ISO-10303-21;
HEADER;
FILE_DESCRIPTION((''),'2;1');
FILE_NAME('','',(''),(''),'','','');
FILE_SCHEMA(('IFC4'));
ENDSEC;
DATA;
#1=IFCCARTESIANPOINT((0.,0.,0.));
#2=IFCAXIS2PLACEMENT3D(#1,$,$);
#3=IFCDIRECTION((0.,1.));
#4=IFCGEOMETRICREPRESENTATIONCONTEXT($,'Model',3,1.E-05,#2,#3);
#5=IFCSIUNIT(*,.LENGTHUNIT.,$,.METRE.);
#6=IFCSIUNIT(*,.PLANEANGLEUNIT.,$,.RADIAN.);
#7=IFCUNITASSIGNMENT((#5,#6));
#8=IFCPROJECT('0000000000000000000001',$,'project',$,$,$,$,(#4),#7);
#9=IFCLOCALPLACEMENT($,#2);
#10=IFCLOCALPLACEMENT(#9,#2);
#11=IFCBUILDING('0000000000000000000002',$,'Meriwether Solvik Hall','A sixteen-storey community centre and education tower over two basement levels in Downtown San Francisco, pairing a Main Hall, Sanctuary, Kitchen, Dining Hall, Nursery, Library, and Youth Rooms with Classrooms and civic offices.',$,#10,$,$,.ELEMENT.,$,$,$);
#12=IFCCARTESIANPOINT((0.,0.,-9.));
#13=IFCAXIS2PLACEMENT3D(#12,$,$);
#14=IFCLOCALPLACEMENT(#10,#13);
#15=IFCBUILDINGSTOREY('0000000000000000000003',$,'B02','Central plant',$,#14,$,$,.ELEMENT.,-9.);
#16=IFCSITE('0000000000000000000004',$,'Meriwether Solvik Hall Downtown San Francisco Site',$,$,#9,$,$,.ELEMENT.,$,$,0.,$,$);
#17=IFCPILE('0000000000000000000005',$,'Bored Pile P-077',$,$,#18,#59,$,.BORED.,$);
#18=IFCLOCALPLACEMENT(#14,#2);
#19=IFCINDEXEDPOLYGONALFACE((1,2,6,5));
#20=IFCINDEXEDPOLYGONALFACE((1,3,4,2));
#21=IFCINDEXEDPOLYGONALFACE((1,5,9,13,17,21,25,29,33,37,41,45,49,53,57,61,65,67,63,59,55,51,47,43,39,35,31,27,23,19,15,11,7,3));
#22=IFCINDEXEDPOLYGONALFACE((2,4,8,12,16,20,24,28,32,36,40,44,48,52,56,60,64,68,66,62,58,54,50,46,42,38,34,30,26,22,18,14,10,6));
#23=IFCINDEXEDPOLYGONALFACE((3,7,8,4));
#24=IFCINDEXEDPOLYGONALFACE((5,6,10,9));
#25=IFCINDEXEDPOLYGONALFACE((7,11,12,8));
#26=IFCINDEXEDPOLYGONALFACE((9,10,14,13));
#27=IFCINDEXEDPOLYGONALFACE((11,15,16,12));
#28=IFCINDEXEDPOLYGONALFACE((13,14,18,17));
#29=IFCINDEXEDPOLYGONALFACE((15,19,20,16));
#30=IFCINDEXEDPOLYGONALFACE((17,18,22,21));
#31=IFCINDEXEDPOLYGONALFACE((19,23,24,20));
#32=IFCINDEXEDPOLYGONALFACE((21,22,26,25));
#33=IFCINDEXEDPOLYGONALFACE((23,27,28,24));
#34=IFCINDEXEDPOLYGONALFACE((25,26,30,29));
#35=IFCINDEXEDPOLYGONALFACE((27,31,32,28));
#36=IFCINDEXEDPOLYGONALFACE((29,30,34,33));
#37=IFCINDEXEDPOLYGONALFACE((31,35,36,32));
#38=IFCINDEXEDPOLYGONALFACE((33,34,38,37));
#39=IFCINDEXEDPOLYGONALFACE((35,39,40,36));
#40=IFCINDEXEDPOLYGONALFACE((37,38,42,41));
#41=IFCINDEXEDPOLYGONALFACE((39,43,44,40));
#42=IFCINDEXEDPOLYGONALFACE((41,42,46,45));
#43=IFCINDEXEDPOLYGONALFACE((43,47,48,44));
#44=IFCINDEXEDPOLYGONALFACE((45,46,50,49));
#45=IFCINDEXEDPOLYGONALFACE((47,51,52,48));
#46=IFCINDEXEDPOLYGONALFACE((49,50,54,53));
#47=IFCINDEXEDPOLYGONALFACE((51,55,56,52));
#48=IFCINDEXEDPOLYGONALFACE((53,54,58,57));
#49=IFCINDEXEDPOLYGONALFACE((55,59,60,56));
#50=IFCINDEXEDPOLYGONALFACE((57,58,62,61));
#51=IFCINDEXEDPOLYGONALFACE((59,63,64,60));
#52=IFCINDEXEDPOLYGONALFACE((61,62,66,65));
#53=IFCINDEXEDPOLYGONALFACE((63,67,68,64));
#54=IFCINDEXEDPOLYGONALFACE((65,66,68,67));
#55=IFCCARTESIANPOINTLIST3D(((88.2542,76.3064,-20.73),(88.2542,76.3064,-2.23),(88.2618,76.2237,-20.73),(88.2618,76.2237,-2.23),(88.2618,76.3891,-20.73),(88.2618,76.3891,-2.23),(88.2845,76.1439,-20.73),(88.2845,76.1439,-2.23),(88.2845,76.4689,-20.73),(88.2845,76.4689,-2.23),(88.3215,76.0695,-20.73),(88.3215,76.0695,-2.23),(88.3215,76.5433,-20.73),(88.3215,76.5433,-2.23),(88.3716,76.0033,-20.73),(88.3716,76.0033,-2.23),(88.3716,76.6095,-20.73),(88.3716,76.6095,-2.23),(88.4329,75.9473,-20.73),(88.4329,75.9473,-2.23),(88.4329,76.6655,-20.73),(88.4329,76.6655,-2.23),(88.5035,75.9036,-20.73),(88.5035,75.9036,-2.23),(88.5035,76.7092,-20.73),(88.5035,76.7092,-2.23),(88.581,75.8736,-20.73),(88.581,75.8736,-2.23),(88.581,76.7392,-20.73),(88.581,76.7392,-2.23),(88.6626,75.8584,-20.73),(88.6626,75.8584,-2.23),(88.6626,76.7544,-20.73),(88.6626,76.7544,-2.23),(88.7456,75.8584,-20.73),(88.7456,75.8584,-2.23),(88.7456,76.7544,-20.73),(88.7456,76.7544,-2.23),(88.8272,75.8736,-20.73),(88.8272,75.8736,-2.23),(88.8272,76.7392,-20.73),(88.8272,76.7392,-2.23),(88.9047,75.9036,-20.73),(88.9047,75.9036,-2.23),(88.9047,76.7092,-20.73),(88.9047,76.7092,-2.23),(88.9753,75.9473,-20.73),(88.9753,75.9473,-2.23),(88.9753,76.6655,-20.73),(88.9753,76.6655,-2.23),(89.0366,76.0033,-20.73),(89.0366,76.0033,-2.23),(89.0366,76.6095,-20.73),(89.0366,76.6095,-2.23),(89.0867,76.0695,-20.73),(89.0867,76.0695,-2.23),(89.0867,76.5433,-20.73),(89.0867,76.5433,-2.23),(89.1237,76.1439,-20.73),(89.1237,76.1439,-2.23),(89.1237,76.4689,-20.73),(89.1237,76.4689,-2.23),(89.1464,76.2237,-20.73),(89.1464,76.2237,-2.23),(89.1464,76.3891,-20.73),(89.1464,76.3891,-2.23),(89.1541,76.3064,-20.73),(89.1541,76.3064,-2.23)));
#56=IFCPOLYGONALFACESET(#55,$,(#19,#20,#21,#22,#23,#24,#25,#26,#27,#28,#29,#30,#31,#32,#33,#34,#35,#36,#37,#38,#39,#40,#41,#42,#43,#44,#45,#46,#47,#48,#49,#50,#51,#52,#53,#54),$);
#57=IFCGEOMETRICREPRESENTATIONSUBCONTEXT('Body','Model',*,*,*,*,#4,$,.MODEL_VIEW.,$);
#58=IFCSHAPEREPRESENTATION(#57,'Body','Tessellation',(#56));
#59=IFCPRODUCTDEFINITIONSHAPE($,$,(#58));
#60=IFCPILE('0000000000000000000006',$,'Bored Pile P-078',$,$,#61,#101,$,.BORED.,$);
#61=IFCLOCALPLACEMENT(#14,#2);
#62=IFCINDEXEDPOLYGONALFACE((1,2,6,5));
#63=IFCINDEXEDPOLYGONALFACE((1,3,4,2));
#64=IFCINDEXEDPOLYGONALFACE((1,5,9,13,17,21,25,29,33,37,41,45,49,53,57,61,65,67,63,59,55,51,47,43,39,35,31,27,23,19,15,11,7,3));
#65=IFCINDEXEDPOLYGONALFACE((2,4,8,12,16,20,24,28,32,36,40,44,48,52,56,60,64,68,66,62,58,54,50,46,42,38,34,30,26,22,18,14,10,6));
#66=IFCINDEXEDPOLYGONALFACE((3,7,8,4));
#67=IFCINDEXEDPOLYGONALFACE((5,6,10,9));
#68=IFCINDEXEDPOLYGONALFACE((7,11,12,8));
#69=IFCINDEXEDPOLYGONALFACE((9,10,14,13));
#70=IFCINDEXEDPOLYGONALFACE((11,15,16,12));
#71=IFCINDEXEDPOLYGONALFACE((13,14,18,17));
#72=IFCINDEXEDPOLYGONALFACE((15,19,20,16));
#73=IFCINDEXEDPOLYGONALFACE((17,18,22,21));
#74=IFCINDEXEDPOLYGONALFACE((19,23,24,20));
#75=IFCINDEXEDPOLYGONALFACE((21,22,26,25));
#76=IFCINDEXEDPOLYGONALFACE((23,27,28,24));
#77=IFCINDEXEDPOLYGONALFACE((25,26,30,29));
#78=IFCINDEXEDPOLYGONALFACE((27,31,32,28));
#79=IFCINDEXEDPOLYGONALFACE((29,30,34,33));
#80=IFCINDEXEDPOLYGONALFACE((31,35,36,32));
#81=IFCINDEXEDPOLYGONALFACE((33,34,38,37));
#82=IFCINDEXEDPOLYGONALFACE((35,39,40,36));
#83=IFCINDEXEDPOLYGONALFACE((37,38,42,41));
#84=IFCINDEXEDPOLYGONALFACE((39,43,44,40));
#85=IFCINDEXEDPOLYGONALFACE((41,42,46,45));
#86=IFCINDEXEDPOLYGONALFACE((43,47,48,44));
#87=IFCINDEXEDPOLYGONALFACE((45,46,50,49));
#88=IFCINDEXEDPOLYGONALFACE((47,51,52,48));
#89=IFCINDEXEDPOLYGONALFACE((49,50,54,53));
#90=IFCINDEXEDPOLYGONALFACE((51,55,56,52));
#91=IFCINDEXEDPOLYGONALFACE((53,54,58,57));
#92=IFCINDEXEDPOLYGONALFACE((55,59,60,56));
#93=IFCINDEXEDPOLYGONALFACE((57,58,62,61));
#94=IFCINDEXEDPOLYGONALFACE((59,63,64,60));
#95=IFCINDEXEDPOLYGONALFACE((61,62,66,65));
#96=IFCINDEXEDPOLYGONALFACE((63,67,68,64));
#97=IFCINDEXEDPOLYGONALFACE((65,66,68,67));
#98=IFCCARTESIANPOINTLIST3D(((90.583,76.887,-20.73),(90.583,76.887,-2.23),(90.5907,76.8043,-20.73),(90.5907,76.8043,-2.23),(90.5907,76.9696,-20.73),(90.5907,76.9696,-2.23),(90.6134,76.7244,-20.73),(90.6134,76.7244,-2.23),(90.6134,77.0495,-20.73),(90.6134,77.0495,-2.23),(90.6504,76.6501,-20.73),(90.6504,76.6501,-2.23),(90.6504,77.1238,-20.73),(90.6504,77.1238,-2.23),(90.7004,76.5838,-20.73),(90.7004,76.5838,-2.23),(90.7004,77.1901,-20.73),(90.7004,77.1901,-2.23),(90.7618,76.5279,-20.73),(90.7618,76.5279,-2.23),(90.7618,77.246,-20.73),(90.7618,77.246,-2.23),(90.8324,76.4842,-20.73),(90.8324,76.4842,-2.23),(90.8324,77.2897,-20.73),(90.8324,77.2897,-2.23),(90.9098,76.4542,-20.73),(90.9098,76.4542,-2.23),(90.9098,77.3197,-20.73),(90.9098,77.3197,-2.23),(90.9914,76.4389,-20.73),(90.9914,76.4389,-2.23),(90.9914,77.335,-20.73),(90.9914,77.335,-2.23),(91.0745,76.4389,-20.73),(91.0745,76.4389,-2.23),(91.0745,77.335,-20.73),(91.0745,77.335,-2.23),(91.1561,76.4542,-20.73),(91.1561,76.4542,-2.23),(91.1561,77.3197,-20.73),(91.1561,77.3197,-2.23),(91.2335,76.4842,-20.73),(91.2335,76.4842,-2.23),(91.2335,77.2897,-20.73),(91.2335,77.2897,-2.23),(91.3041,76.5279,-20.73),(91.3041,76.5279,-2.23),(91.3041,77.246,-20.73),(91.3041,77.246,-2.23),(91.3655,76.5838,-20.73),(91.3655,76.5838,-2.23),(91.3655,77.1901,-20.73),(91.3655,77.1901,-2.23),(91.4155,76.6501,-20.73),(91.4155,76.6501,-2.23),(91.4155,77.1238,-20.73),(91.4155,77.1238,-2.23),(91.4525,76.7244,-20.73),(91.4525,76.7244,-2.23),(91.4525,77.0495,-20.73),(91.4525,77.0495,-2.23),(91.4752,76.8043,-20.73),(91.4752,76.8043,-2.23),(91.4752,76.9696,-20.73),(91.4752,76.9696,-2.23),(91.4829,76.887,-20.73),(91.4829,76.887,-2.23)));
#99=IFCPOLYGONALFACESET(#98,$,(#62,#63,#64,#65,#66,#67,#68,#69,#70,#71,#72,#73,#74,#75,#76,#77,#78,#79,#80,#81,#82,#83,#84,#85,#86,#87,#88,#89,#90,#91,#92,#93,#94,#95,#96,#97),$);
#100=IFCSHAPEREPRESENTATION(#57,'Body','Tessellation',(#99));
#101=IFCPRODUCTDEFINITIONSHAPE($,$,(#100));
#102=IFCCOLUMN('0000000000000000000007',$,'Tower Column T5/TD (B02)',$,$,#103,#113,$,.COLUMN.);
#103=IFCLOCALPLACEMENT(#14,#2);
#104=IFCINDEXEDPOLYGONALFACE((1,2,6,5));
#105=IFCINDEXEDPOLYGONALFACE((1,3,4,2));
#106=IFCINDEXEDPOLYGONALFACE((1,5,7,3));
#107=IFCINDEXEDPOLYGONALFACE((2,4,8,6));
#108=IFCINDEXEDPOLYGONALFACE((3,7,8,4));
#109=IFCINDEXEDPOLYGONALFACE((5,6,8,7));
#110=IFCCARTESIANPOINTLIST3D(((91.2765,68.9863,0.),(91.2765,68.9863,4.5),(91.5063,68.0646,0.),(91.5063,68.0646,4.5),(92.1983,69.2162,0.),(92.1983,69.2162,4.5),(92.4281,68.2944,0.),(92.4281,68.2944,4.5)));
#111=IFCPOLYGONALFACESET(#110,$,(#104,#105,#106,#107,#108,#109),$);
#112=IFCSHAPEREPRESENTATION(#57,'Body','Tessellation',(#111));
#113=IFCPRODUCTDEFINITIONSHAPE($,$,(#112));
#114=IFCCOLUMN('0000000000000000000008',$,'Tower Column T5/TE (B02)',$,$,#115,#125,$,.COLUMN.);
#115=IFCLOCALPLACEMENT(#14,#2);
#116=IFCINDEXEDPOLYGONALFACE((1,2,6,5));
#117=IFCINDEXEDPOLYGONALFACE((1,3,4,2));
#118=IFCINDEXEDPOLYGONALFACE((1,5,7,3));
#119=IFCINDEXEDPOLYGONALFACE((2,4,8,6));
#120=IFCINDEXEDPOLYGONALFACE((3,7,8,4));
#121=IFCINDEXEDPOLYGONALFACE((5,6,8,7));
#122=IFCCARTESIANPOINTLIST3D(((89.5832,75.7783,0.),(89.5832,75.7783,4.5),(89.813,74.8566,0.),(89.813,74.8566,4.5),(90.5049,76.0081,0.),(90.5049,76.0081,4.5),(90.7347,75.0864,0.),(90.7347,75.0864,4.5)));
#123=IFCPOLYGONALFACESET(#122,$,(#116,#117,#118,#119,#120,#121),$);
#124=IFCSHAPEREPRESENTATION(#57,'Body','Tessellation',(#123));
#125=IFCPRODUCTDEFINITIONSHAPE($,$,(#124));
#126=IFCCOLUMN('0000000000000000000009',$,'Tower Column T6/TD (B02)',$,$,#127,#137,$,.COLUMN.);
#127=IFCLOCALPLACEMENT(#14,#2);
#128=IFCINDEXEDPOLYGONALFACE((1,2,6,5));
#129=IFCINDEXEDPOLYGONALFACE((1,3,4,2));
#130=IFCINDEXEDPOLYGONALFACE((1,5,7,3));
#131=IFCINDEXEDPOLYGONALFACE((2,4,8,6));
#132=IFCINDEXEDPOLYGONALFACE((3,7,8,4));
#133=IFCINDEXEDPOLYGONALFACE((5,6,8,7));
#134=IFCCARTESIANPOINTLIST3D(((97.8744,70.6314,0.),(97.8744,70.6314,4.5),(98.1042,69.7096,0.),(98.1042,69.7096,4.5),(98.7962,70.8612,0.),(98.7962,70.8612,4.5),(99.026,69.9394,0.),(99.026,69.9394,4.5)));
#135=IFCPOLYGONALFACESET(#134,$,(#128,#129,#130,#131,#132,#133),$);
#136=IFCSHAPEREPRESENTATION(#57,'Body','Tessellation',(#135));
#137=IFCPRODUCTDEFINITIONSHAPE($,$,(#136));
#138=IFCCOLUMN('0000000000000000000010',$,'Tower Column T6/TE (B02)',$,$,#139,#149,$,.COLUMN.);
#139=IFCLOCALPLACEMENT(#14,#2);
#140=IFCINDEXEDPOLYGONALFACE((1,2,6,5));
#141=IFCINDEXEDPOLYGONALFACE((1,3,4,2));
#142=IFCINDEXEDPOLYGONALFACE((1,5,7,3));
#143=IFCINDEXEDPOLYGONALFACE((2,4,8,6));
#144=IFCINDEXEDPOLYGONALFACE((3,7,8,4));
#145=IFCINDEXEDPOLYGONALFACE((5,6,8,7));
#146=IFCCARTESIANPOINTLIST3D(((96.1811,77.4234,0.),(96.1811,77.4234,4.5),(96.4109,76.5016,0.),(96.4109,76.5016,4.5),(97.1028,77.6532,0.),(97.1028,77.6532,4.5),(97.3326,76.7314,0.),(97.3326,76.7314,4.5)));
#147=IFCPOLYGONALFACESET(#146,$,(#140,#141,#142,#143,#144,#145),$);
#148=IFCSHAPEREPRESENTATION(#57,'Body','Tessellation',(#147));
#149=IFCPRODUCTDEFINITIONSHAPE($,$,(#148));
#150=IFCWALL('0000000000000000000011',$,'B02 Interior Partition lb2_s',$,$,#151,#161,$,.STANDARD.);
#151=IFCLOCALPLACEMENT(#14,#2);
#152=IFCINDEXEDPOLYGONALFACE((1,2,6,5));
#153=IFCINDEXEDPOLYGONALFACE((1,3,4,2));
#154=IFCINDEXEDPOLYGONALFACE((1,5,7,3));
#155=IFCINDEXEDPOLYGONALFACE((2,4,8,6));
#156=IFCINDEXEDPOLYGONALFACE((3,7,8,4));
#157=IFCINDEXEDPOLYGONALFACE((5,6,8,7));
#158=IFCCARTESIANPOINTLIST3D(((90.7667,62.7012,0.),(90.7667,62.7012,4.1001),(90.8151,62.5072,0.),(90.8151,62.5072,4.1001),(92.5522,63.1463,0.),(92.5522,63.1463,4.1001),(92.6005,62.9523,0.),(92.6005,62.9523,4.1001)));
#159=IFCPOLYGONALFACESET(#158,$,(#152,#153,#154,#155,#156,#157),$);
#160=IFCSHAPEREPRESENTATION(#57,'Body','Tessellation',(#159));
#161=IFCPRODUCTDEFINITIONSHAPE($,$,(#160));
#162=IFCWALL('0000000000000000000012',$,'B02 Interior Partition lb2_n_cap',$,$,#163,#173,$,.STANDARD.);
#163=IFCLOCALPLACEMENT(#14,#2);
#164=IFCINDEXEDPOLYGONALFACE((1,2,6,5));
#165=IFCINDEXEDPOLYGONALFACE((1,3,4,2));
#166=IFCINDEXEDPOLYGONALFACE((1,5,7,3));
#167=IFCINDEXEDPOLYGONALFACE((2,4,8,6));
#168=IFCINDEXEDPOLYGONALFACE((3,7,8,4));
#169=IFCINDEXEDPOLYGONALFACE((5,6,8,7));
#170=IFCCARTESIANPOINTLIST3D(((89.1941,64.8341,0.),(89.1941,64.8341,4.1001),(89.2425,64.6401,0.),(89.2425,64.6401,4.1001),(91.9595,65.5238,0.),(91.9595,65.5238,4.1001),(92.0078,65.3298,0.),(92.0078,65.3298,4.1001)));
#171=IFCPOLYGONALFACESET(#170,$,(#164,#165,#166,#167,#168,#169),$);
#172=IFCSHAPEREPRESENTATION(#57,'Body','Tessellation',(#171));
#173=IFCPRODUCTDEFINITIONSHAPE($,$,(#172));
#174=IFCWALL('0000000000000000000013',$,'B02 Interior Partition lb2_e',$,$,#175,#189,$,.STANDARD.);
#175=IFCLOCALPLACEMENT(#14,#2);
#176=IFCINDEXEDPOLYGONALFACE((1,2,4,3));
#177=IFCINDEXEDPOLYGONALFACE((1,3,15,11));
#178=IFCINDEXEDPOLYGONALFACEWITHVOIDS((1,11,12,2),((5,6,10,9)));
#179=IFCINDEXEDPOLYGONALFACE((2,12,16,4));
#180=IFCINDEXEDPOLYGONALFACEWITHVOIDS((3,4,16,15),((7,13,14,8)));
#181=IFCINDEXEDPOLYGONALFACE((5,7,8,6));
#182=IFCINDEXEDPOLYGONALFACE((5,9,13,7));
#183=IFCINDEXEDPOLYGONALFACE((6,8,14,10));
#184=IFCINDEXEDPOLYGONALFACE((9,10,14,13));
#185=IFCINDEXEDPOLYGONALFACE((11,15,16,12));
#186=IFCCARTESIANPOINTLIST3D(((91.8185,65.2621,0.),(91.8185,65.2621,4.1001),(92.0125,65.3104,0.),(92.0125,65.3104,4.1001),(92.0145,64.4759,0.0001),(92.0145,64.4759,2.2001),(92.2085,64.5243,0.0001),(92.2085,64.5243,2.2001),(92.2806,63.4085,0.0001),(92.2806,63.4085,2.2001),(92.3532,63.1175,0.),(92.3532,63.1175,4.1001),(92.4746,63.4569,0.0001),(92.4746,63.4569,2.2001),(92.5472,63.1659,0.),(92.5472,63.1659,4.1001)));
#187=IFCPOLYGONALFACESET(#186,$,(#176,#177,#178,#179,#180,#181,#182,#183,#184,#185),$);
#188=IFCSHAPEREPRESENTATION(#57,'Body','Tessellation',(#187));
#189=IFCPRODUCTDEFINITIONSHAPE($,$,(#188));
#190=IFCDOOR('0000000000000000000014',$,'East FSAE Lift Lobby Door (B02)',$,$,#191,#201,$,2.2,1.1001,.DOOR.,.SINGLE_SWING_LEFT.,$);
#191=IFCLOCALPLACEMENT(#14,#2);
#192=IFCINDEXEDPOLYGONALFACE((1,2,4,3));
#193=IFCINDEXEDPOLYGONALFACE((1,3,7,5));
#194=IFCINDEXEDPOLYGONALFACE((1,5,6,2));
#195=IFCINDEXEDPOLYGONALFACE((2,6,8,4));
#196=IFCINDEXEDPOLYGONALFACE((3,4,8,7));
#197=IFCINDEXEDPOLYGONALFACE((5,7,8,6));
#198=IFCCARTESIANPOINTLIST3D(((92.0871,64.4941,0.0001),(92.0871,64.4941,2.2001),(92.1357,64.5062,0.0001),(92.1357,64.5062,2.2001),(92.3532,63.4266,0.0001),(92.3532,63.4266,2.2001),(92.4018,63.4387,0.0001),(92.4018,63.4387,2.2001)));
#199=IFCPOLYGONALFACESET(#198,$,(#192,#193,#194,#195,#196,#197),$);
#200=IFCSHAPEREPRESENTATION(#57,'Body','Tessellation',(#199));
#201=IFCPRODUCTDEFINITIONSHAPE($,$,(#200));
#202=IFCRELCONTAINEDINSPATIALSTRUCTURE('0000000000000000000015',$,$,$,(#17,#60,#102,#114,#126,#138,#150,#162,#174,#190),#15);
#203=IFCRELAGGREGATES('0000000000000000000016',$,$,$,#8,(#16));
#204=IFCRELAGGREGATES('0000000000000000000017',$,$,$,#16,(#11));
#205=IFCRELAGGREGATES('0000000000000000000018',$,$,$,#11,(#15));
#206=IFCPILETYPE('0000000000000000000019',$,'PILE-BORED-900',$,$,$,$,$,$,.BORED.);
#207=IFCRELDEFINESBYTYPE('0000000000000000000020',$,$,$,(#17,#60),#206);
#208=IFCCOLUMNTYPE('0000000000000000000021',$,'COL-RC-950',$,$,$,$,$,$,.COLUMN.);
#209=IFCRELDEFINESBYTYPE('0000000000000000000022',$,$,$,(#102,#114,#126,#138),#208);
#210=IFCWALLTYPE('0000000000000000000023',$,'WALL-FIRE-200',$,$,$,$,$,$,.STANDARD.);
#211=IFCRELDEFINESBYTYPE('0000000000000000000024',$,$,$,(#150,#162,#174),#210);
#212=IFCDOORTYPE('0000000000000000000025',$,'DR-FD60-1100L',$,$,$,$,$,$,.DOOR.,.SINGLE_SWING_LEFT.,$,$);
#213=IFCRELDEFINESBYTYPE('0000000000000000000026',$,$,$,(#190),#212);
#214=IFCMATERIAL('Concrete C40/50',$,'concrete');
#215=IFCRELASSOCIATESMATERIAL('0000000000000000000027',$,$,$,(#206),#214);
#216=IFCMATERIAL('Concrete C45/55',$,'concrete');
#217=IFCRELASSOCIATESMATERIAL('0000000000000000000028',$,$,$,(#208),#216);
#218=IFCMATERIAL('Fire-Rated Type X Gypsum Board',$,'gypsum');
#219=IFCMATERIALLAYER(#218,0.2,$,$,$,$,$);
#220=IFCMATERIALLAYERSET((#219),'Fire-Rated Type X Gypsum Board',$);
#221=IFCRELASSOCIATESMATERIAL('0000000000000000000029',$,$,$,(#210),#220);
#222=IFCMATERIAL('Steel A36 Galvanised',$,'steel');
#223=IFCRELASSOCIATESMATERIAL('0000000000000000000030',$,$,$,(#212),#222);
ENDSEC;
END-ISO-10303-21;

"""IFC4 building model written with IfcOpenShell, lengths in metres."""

from ifc_helpers import new_model, si_unit, direction, frame, frame_2d, origin, origin_2d, place, context, subcontext, project, spatial, rectangle, circle, extrude, material, layer, layer_set, material_profile, profile_set, type_object, element, fill, save


model = new_model("IFC4")

# Units and contexts
model_context = context("Model", 3, precision=1e-05, world=origin(), true_north=direction((0.0, 1.0)))
body_context = subcontext(model_context, "Body", "Model", "MODEL_VIEW")
ifc_project = project(units=[si_unit("LENGTHUNIT", "METRE"), si_unit("PLANEANGLEUNIT", "RADIAN")], contexts=[model_context])

# Site, building, storey
site_placement = place(None, origin())
site = spatial("IfcSite", under=ifc_project, at=site_placement, Name="Meriwether Solvik Hall Downtown San Francisco Site", CompositionType="ELEMENT", RefElevation=0.0)
building_placement = place(site_placement, origin())
building = spatial("IfcBuilding", under=site, at=building_placement, Name="Meriwether Solvik Hall", Description="A sixteen-storey community centre and education tower over two basement levels in Downtown San Francisco, pairing a Main Hall, Sanctuary, Kitchen, Dining Hall, Nursery, Library, and Youth Rooms with Classrooms and civic offices.", CompositionType="ELEMENT")
storey_placement = place(building_placement, frame((0.0, 0.0, -9.0)))
storey = spatial("IfcBuildingStorey", under=building, at=storey_placement, Name="B02", Description="Central plant", CompositionType="ELEMENT", Elevation=-9.0)

# Piles
ifc_material_1 = material(Name="Concrete C40/50", Category="concrete")
ifc_material_profile_1 = material_profile(ifc_material_1, circle(Radius=0.45, at=origin_2d()), Name="PILE-D900")
ifc_profile_set_1 = profile_set([ifc_material_profile_1], Name="Concrete C40/50")
pile_type_1 = type_object("IfcPileType", Name="PILE-BORED-900", PredefinedType="BORED", material=ifc_profile_set_1)
for number, where, z_axis, x_axis, name in (
    (1, (88.7041, 76.3064, -2.23), (0.0, 0.0, -1.0), (1.0, 0.0, 0.0), "Bored Pile P-077"),
    (2, (91.033, 76.887, -2.23), (0.0, 0.0, -1.0), (1.0, 0.0, 0.0), "Bored Pile P-078"),
):
    element("IfcPile", number, at=place(storey_placement, frame(where, z_axis=z_axis, x_axis=x_axis)), inside=storey, type_object=pile_type_1, Name=name, PredefinedType="BORED", context=body_context, shape_type="SweptSolid", body=[
        extrude(circle(Radius=0.45, at=origin_2d()), origin(), (0.0, 0.0, 1.0), 18.5),
    ])

# Columns
ifc_material_2 = material(Name="Concrete C45/55", Category="concrete")
ifc_material_profile_2 = material_profile(ifc_material_2, rectangle(XDim=0.95, YDim=0.95, at=origin_2d()), Name="RCC-950X950")
ifc_profile_set_2 = profile_set([ifc_material_profile_2], Name="Concrete C45/55")
column_type = type_object("IfcColumnType", Name="COL-RC-950", PredefinedType="COLUMN", material=ifc_profile_set_2)
for number, where, z_axis, x_axis, name in (
    (3, (91.8523, 68.6404, 0.0), (0.0, 0.0, 1.0), (0.970296, 0.241922, 0.0), "Tower Column T5/TD (B02)"),
    (4, (90.1589, 75.4324, 0.0), (0.0, 0.0, 1.0), (0.970296, 0.241922, 0.0), "Tower Column T5/TE (B02)"),
    (5, (98.4502, 70.2854, 0.0), (0.0, 0.0, 1.0), (0.970296, 0.241922, 0.0), "Tower Column T6/TD (B02)"),
    (6, (96.7568, 77.0774, 0.0), (0.0, 0.0, 1.0), (0.970296, 0.241922, 0.0), "Tower Column T6/TE (B02)"),
):
    element("IfcColumn", number, at=place(storey_placement, frame(where, z_axis=z_axis, x_axis=x_axis)), inside=storey, type_object=column_type, Name=name, PredefinedType="COLUMN", context=body_context, shape_type="SweptSolid", body=[
        extrude(rectangle(XDim=0.95, YDim=0.95, at=origin_2d()), origin(), (0.0, 0.0, 1.0), 4.5),
    ])

# Walls
ifc_material_3 = material(Name="Fire-Rated Type X Gypsum Board", Category="gypsum")
ifc_layer_1 = layer(ifc_material_3, 0.2)
ifc_layer_set_1 = layer_set([ifc_layer_1], Name="Fire-Rated Type X Gypsum Board")
wall_type_1 = type_object("IfcWallType", Name="WALL-FIRE-200", PredefinedType="STANDARD", material=ifc_layer_set_1)
wall_1_placement = place(storey_placement, frame((90.791, 62.6042, 0.0), z_axis=(0.0, 0.0, 1.0), x_axis=(0.970306, 0.24188, 0.0)))
element("IfcWall", 7, at=wall_1_placement, inside=storey, type_object=wall_type_1, Name="B02 Interior Partition lb2_s", PredefinedType="STANDARD", context=body_context, shape_type="SweptSolid", body=[
    extrude(rectangle(XDim=1.8401, YDim=0.2, at=frame_2d((0.9199, 0.0))), origin(), (0.0, 0.0, 1.0), 4.1001),
])
wall_2_placement = place(storey_placement, frame((89.2183, 64.7371, 0.0), z_axis=(0.0, 0.0, 1.0), x_axis=(0.970278, 0.241991, 0.0)))
element("IfcWall", 8, at=wall_2_placement, inside=storey, type_object=wall_type_1, Name="B02 Interior Partition lb2_n_cap", PredefinedType="STANDARD", context=body_context, shape_type="SweptSolid", body=[
    extrude(rectangle(XDim=2.8501, YDim=0.2, at=frame_2d((1.425, 0.0))), origin(), (0.0, 0.0, 1.0), 4.1001),
])

# Wall, opening, door
wall_3_placement = place(storey_placement, frame((91.9155, 65.2861, 0.0), z_axis=(0.0, 0.0, 1.0), x_axis=(0.241912, -0.970298, 0.0)))
wall_3 = element("IfcWall", 9, at=wall_3_placement, inside=storey, type_object=wall_type_1, Name="B02 Interior Partition lb2_e", PredefinedType="STANDARD", context=body_context, shape_type="SweptSolid", body=[
    extrude(rectangle(XDim=2.2102, YDim=0.2, at=frame_2d((1.105, 0.0))), origin(), (0.0, 0.0, 1.0), 4.1001),
])
opening_1_placement = place(wall_3_placement, frame((0.8101, 0.0, 0.0)))
opening_1 = element("IfcOpeningElement", 10, at=opening_1_placement, cuts=wall_3, PredefinedType="OPENING", context=body_context, shape_type="SweptSolid", body=[
    extrude(rectangle(XDim=1.1001, YDim=2.2, at=frame_2d((0.55, 1.1001))), frame((0.0, 0.1118, 0.0), z_axis=(0.0, -1.0, 0.0), x_axis=(1.0, 0.0, 0.0)), (0.0, 0.0, 1.0), 0.2239),
])
ifc_material_4 = material(Name="Steel A36 Galvanised", Category="steel")
door_type_1 = type_object("IfcDoorType", Name="DR-FD60-1100L", OperationType="SINGLE_SWING_LEFT", PredefinedType="DOOR", material=ifc_material_4)
door_1_placement = place(opening_1_placement, origin())
door_1 = element("IfcDoor", 11, at=door_1_placement, inside=storey, type_object=door_type_1, Name="East FSAE Lift Lobby Door (B02)", OperationType="SINGLE_SWING_LEFT", OverallHeight=2.2, OverallWidth=1.1001, PredefinedType="DOOR", context=body_context, shape_type="SweptSolid", body=[
    extrude(rectangle(XDim=1.1001, YDim=2.2, at=frame_2d((0.55, 1.1001))), frame((0.0, 0.0249, 0.0), z_axis=(0.0, -1.0, 0.0), x_axis=(1.0, 0.0, 0.0)), (0.0, 0.0, 1.0), 0.05),
])
fill(opening_1, door_1)

save(model, "model.ifc")
